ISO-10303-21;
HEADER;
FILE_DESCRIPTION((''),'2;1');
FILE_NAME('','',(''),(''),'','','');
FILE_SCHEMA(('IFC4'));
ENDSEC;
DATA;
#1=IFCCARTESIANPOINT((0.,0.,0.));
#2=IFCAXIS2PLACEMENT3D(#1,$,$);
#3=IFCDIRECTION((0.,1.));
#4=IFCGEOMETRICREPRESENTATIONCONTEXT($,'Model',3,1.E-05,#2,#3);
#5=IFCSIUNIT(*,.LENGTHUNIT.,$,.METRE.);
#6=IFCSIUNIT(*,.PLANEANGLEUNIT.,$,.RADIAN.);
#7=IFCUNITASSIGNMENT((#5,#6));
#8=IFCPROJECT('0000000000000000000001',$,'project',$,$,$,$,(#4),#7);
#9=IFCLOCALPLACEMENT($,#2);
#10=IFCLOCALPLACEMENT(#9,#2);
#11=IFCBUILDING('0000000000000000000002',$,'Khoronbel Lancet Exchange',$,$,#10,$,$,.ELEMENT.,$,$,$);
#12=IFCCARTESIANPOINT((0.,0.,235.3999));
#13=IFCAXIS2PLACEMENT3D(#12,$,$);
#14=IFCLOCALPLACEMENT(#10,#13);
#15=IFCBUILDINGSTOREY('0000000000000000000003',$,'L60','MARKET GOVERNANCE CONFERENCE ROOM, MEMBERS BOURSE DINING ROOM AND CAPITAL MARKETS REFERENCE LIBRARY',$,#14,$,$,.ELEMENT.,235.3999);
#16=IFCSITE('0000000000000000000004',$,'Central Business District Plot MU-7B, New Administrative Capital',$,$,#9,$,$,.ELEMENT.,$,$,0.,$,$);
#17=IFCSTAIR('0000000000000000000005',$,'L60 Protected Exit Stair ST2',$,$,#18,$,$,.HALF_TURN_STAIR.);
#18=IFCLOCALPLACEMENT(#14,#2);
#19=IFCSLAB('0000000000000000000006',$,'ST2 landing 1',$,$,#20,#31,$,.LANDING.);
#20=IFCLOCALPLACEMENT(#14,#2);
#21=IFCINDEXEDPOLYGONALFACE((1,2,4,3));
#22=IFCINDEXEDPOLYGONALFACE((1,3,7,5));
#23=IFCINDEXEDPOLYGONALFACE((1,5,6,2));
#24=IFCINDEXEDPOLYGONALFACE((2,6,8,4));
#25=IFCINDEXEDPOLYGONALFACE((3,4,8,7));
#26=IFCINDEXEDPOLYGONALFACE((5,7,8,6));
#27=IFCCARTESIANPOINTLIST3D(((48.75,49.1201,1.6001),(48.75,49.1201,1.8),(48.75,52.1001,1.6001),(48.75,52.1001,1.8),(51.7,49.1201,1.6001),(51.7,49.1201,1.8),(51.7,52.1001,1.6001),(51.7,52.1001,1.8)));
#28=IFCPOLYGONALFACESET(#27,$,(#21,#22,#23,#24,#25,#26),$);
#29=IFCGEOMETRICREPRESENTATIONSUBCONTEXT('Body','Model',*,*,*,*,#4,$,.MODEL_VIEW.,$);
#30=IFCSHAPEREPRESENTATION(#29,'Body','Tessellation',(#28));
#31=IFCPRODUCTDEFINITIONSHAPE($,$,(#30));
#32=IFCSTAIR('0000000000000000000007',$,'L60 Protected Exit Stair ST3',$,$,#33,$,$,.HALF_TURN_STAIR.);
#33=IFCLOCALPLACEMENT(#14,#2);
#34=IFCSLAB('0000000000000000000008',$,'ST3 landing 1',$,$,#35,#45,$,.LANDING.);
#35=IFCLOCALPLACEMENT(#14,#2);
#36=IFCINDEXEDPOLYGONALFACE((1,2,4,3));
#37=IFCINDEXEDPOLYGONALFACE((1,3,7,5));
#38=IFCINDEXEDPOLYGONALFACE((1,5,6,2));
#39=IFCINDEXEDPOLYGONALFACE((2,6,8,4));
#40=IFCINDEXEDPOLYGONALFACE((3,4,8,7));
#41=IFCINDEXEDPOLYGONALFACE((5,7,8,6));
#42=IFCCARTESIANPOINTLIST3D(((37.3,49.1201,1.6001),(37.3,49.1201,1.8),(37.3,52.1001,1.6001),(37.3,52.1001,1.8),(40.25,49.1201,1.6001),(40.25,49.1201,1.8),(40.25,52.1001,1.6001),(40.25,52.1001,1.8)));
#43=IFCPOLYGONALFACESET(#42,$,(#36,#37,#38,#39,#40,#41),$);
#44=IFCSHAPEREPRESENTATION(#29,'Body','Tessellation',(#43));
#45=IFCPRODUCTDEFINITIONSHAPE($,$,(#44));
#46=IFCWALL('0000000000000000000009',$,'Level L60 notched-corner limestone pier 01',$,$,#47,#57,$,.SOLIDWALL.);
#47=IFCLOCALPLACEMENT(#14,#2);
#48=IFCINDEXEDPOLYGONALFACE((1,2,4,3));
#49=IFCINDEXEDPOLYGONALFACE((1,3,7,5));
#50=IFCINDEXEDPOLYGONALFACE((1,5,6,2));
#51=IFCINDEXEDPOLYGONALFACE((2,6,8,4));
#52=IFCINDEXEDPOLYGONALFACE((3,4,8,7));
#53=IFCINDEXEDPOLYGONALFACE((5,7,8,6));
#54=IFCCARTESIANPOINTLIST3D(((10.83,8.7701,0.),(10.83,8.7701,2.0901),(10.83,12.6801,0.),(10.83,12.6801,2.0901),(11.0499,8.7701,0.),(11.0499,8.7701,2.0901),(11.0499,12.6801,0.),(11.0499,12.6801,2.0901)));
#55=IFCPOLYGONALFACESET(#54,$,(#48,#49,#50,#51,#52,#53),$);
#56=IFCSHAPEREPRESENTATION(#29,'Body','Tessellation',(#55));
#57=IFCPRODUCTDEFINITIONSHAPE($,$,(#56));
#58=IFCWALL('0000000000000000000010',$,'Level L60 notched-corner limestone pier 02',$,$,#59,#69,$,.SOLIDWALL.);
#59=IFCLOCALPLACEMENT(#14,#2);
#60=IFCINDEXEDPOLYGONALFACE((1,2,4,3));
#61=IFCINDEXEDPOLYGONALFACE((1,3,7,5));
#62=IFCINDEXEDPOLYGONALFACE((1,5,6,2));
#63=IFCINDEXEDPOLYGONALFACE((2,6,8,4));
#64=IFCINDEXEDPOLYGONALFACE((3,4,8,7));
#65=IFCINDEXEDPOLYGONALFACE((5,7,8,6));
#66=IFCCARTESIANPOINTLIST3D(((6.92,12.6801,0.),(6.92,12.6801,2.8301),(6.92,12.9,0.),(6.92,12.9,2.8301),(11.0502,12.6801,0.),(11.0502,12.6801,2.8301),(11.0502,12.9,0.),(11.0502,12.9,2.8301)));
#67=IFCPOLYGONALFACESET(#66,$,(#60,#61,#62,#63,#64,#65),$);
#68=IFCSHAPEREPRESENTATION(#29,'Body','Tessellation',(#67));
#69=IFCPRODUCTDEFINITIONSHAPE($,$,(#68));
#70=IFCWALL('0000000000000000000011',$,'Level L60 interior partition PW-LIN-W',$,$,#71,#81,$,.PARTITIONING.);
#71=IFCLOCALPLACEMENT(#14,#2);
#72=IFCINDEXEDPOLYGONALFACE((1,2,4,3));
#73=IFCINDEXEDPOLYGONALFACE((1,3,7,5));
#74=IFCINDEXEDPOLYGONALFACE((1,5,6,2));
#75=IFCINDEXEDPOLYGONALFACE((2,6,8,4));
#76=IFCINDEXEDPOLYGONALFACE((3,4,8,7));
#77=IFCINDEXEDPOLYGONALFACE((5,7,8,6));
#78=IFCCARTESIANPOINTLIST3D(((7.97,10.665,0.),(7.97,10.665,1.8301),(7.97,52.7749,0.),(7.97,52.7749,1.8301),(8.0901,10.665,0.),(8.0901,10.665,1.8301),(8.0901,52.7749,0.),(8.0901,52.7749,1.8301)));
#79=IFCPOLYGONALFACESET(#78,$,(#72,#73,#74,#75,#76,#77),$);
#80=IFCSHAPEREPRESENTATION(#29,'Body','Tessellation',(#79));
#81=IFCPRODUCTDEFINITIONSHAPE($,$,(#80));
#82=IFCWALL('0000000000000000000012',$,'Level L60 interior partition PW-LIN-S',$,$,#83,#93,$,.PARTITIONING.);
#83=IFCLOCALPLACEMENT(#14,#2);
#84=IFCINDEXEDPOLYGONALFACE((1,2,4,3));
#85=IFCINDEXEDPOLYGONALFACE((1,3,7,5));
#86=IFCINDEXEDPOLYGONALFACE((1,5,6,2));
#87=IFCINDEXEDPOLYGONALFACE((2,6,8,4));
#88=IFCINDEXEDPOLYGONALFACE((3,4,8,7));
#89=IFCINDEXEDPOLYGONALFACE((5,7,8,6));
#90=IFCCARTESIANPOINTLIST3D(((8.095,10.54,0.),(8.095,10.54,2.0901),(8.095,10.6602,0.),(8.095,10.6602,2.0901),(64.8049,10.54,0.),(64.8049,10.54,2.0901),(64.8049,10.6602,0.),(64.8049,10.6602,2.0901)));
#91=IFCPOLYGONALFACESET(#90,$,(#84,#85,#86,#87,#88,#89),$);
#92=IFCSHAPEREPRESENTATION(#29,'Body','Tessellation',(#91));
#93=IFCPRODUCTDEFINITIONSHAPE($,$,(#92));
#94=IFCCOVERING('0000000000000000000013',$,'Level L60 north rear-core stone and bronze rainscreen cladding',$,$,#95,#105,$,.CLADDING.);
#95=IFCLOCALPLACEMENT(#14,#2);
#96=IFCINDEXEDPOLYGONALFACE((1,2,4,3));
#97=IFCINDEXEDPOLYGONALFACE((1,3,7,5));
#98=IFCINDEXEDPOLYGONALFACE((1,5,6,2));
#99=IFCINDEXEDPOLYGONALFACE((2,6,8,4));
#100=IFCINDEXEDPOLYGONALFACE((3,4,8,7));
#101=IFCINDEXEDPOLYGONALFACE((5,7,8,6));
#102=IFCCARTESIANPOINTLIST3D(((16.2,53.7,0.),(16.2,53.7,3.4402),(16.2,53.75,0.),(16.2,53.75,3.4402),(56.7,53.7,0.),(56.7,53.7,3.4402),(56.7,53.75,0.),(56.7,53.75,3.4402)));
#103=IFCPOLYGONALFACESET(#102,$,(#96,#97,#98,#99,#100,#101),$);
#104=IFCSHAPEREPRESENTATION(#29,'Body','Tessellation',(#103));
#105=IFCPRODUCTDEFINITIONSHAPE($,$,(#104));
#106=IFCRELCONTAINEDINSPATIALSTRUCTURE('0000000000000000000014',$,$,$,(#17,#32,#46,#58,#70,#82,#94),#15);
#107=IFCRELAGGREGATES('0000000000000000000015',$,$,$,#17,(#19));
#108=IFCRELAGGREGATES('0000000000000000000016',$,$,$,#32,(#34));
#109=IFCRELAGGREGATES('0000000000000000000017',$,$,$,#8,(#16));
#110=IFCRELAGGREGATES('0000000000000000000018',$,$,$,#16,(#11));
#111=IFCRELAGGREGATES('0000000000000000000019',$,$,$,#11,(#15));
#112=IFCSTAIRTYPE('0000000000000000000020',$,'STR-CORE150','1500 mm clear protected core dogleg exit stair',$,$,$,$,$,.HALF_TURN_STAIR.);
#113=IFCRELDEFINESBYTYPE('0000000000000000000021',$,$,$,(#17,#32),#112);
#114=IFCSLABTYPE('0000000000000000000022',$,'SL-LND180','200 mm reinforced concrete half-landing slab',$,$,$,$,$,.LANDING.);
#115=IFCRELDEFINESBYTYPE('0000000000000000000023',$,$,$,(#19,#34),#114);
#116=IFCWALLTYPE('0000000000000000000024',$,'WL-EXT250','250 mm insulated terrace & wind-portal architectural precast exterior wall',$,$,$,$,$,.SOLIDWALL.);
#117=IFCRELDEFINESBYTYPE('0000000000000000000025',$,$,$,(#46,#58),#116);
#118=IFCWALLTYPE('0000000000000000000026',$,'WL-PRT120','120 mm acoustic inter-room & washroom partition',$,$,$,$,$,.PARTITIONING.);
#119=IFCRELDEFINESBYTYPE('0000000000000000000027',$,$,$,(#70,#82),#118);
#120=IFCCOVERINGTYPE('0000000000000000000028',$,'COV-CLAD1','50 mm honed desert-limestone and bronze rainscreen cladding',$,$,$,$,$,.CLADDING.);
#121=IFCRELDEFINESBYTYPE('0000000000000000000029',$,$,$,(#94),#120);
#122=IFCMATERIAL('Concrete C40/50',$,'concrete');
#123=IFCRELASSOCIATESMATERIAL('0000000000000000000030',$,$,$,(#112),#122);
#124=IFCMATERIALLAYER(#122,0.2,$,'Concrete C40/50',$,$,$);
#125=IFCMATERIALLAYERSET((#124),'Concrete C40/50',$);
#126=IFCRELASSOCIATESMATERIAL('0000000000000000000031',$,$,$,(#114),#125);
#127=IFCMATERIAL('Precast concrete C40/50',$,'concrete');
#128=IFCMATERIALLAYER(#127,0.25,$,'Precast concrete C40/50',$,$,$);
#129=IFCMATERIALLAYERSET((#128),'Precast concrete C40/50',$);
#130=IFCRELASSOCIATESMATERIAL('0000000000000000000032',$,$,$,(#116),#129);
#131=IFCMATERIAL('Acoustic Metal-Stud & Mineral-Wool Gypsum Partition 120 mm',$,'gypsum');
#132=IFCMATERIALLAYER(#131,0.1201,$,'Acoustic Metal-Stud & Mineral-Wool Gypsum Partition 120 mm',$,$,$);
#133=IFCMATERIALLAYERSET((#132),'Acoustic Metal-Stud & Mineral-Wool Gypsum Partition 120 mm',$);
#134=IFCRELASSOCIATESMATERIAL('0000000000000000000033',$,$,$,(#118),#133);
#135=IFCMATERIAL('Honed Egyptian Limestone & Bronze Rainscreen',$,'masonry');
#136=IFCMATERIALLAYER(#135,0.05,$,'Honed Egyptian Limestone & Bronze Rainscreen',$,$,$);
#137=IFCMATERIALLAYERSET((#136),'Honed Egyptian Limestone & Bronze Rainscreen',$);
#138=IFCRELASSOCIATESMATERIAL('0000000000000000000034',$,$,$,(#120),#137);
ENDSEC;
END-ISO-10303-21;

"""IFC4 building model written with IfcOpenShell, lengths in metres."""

from ifc_helpers import new_model, si_unit, direction, frame, frame_2d, origin, place, context, subcontext, project, spatial, polyline, rectangle, outline, extrude, material, layer, layer_set, type_object, element, aggregate, save


model = new_model("IFC4")

# Units and contexts
model_context = context("Model", 3, precision=1e-05, world=origin(), true_north=direction((0.0, 1.0)))
body_context = subcontext(model_context, "Body", "Model", "MODEL_VIEW")
ifc_project = project(units=[si_unit("LENGTHUNIT", "METRE"), si_unit("PLANEANGLEUNIT", "RADIAN")], contexts=[model_context])

# Site, building, storey
site_placement = place(None, origin())
site = spatial("IfcSite", under=ifc_project, at=site_placement, Name="Central Business District Plot MU-7B, New Administrative Capital", CompositionType="ELEMENT", RefElevation=0.0)
building_placement = place(site_placement, origin())
building = spatial("IfcBuilding", under=site, at=building_placement, Name="Khoronbel Lancet Exchange", CompositionType="ELEMENT")
storey_placement = place(building_placement, frame((0.0, 0.0, 235.3999)))
storey = spatial("IfcBuildingStorey", under=building, at=storey_placement, Name="L60", Description="MARKET GOVERNANCE CONFERENCE ROOM, MEMBERS BOURSE DINING ROOM AND CAPITAL MARKETS REFERENCE LIBRARY", CompositionType="ELEMENT", Elevation=235.3999)

# Shared definitions
ifc_material_1 = material(Name="Concrete C40/50", Category="concrete")

# Stairs, slabs
stair_type = type_object("IfcStairType", Name="STR-CORE150", Description="1500 mm clear protected core dogleg exit stair", PredefinedType="HALF_TURN_STAIR", material=ifc_material_1)
ifc_layer_1 = layer(ifc_material_1, 0.2, Name="Concrete C40/50")
ifc_layer_set_1 = layer_set([ifc_layer_1], Name="Concrete C40/50")
slab_type_1 = type_object("IfcSlabType", Name="SL-LND180", Description="200 mm reinforced concrete half-landing slab", PredefinedType="LANDING", material=ifc_layer_set_1)
stair_1_placement = place(storey_placement, origin())
stair_1 = element("IfcStair", 1, at=stair_1_placement, inside=storey, type_object=stair_type, Name="L60 Protected Exit Stair ST2", PredefinedType="HALF_TURN_STAIR")
slab_1_placement = place(storey_placement, frame((0.0, 0.0, 1.6001)))
slab_1 = element("IfcSlab", 2, at=slab_1_placement, type_object=slab_type_1, Name="ST2 landing 1", PredefinedType="LANDING", context=body_context, shape_type="SweptSolid", body=[
    extrude(outline(polyline([(51.7, 52.1001), (48.75, 52.1001), (48.75, 49.1201), (51.7, 49.1201), (51.7, 52.1001)])), origin(), (0.0, 0.0, 1.0), 0.2),
])
aggregate(stair_1, [slab_1])
stair_2_placement = place(storey_placement, origin())
stair_2 = element("IfcStair", 3, at=stair_2_placement, inside=storey, type_object=stair_type, Name="L60 Protected Exit Stair ST3", PredefinedType="HALF_TURN_STAIR")
slab_2_placement = place(storey_placement, frame((0.0, 0.0, 1.6001)))
slab_2 = element("IfcSlab", 4, at=slab_2_placement, type_object=slab_type_1, Name="ST3 landing 1", PredefinedType="LANDING", context=body_context, shape_type="SweptSolid", body=[
    extrude(outline(polyline([(37.3, 49.1201), (40.25, 49.1201), (40.25, 52.1001), (37.3, 52.1001), (37.3, 49.1201)])), origin(), (0.0, 0.0, 1.0), 0.2),
])
aggregate(stair_2, [slab_2])

# Walls
ifc_material_2 = material(Name="Precast concrete C40/50", Category="concrete")
ifc_layer_2 = layer(ifc_material_2, 0.25, Name="Precast concrete C40/50")
ifc_layer_set_2 = layer_set([ifc_layer_2], Name="Precast concrete C40/50")
wall_type_1 = type_object("IfcWallType", Name="WL-EXT250", Description="250 mm insulated terrace & wind-portal architectural precast exterior wall", PredefinedType="SOLIDWALL", material=ifc_layer_set_2)
wall_1_placement = place(storey_placement, frame((10.9399, 8.77, 0.0), z_axis=(0.0, 0.0, 1.0), x_axis=(0.0, 1.0, 0.0)))
element("IfcWall", 5, at=wall_1_placement, inside=storey, type_object=wall_type_1, Name="Level L60 notched-corner limestone pier 01", PredefinedType="SOLIDWALL", context=body_context, shape_type="SweptSolid", body=[
    extrude(rectangle(XDim=3.9099, YDim=0.22, at=frame_2d((1.9551, 0.0))), origin(), (0.0, 0.0, 1.0), 2.0901),
])
wall_2_placement = place(storey_placement, frame((11.05, 12.79, 0.0), z_axis=(0.0, 0.0, 1.0), x_axis=(-1.0, 0.0, 0.0)))
element("IfcWall", 6, at=wall_2_placement, inside=storey, type_object=wall_type_1, Name="Level L60 notched-corner limestone pier 02", PredefinedType="SOLIDWALL", context=body_context, shape_type="SweptSolid", body=[
    extrude(rectangle(XDim=4.1301, YDim=0.22, at=frame_2d((2.0649, 0.0))), origin(), (0.0, 0.0, 1.0), 2.8301),
])
ifc_material_3 = material(Name="Acoustic Metal-Stud & Mineral-Wool Gypsum Partition 120 mm", Category="gypsum")
ifc_layer_3 = layer(ifc_material_3, 0.1201, Name="Acoustic Metal-Stud & Mineral-Wool Gypsum Partition 120 mm")
ifc_layer_set_3 = layer_set([ifc_layer_3], Name="Acoustic Metal-Stud & Mineral-Wool Gypsum Partition 120 mm")
wall_type_2 = type_object("IfcWallType", Name="WL-PRT120", Description="120 mm acoustic inter-room & washroom partition", PredefinedType="PARTITIONING", material=ifc_layer_set_3)
wall_3_placement = place(storey_placement, frame((8.03, 10.665, 0.0), z_axis=(0.0, 0.0, 1.0), x_axis=(0.0, 1.0, 0.0)))
element("IfcWall", 7, at=wall_3_placement, inside=storey, type_object=wall_type_2, Name="Level L60 interior partition PW-LIN-W", PredefinedType="PARTITIONING", context=body_context, shape_type="SweptSolid", body=[
    extrude(rectangle(XDim=42.1099, YDim=0.1201, at=frame_2d((21.0549, 0.0))), origin(), (0.0, 0.0, 1.0), 1.8301),
])
wall_4_placement = place(storey_placement, frame((8.095, 10.6001, 0.0), z_axis=(0.0, 0.0, 1.0), x_axis=(1.0, 0.0, 0.0)))
element("IfcWall", 8, at=wall_4_placement, inside=storey, type_object=wall_type_2, Name="Level L60 interior partition PW-LIN-S", PredefinedType="PARTITIONING", context=body_context, shape_type="SweptSolid", body=[
    extrude(rectangle(XDim=56.71, YDim=0.1201, at=frame_2d((28.355, 0.0))), origin(), (0.0, 0.0, 1.0), 2.0901),
])

# Covering
ifc_material_4 = material(Name="Honed Egyptian Limestone & Bronze Rainscreen", Category="masonry")
ifc_layer_4 = layer(ifc_material_4, 0.05, Name="Honed Egyptian Limestone & Bronze Rainscreen")
ifc_layer_set_4 = layer_set([ifc_layer_4], Name="Honed Egyptian Limestone & Bronze Rainscreen")
covering_type = type_object("IfcCoveringType", Name="COV-CLAD1", Description="50 mm honed desert-limestone and bronze rainscreen cladding", PredefinedType="CLADDING", material=ifc_layer_set_4)
covering_placement = place(storey_placement, origin())
element("IfcCovering", 9, at=covering_placement, inside=storey, type_object=covering_type, Name="Level L60 north rear-core stone and bronze rainscreen cladding", PredefinedType="CLADDING", context=body_context, shape_type="SweptSolid", body=[
    extrude(outline(polyline([(16.2, 53.7), (56.7, 53.7), (56.7, 53.75), (16.2, 53.75), (16.2, 53.7)])), origin(), (0.0, 0.0, 1.0), 3.4402),
])

save(model, "model.ifc")
